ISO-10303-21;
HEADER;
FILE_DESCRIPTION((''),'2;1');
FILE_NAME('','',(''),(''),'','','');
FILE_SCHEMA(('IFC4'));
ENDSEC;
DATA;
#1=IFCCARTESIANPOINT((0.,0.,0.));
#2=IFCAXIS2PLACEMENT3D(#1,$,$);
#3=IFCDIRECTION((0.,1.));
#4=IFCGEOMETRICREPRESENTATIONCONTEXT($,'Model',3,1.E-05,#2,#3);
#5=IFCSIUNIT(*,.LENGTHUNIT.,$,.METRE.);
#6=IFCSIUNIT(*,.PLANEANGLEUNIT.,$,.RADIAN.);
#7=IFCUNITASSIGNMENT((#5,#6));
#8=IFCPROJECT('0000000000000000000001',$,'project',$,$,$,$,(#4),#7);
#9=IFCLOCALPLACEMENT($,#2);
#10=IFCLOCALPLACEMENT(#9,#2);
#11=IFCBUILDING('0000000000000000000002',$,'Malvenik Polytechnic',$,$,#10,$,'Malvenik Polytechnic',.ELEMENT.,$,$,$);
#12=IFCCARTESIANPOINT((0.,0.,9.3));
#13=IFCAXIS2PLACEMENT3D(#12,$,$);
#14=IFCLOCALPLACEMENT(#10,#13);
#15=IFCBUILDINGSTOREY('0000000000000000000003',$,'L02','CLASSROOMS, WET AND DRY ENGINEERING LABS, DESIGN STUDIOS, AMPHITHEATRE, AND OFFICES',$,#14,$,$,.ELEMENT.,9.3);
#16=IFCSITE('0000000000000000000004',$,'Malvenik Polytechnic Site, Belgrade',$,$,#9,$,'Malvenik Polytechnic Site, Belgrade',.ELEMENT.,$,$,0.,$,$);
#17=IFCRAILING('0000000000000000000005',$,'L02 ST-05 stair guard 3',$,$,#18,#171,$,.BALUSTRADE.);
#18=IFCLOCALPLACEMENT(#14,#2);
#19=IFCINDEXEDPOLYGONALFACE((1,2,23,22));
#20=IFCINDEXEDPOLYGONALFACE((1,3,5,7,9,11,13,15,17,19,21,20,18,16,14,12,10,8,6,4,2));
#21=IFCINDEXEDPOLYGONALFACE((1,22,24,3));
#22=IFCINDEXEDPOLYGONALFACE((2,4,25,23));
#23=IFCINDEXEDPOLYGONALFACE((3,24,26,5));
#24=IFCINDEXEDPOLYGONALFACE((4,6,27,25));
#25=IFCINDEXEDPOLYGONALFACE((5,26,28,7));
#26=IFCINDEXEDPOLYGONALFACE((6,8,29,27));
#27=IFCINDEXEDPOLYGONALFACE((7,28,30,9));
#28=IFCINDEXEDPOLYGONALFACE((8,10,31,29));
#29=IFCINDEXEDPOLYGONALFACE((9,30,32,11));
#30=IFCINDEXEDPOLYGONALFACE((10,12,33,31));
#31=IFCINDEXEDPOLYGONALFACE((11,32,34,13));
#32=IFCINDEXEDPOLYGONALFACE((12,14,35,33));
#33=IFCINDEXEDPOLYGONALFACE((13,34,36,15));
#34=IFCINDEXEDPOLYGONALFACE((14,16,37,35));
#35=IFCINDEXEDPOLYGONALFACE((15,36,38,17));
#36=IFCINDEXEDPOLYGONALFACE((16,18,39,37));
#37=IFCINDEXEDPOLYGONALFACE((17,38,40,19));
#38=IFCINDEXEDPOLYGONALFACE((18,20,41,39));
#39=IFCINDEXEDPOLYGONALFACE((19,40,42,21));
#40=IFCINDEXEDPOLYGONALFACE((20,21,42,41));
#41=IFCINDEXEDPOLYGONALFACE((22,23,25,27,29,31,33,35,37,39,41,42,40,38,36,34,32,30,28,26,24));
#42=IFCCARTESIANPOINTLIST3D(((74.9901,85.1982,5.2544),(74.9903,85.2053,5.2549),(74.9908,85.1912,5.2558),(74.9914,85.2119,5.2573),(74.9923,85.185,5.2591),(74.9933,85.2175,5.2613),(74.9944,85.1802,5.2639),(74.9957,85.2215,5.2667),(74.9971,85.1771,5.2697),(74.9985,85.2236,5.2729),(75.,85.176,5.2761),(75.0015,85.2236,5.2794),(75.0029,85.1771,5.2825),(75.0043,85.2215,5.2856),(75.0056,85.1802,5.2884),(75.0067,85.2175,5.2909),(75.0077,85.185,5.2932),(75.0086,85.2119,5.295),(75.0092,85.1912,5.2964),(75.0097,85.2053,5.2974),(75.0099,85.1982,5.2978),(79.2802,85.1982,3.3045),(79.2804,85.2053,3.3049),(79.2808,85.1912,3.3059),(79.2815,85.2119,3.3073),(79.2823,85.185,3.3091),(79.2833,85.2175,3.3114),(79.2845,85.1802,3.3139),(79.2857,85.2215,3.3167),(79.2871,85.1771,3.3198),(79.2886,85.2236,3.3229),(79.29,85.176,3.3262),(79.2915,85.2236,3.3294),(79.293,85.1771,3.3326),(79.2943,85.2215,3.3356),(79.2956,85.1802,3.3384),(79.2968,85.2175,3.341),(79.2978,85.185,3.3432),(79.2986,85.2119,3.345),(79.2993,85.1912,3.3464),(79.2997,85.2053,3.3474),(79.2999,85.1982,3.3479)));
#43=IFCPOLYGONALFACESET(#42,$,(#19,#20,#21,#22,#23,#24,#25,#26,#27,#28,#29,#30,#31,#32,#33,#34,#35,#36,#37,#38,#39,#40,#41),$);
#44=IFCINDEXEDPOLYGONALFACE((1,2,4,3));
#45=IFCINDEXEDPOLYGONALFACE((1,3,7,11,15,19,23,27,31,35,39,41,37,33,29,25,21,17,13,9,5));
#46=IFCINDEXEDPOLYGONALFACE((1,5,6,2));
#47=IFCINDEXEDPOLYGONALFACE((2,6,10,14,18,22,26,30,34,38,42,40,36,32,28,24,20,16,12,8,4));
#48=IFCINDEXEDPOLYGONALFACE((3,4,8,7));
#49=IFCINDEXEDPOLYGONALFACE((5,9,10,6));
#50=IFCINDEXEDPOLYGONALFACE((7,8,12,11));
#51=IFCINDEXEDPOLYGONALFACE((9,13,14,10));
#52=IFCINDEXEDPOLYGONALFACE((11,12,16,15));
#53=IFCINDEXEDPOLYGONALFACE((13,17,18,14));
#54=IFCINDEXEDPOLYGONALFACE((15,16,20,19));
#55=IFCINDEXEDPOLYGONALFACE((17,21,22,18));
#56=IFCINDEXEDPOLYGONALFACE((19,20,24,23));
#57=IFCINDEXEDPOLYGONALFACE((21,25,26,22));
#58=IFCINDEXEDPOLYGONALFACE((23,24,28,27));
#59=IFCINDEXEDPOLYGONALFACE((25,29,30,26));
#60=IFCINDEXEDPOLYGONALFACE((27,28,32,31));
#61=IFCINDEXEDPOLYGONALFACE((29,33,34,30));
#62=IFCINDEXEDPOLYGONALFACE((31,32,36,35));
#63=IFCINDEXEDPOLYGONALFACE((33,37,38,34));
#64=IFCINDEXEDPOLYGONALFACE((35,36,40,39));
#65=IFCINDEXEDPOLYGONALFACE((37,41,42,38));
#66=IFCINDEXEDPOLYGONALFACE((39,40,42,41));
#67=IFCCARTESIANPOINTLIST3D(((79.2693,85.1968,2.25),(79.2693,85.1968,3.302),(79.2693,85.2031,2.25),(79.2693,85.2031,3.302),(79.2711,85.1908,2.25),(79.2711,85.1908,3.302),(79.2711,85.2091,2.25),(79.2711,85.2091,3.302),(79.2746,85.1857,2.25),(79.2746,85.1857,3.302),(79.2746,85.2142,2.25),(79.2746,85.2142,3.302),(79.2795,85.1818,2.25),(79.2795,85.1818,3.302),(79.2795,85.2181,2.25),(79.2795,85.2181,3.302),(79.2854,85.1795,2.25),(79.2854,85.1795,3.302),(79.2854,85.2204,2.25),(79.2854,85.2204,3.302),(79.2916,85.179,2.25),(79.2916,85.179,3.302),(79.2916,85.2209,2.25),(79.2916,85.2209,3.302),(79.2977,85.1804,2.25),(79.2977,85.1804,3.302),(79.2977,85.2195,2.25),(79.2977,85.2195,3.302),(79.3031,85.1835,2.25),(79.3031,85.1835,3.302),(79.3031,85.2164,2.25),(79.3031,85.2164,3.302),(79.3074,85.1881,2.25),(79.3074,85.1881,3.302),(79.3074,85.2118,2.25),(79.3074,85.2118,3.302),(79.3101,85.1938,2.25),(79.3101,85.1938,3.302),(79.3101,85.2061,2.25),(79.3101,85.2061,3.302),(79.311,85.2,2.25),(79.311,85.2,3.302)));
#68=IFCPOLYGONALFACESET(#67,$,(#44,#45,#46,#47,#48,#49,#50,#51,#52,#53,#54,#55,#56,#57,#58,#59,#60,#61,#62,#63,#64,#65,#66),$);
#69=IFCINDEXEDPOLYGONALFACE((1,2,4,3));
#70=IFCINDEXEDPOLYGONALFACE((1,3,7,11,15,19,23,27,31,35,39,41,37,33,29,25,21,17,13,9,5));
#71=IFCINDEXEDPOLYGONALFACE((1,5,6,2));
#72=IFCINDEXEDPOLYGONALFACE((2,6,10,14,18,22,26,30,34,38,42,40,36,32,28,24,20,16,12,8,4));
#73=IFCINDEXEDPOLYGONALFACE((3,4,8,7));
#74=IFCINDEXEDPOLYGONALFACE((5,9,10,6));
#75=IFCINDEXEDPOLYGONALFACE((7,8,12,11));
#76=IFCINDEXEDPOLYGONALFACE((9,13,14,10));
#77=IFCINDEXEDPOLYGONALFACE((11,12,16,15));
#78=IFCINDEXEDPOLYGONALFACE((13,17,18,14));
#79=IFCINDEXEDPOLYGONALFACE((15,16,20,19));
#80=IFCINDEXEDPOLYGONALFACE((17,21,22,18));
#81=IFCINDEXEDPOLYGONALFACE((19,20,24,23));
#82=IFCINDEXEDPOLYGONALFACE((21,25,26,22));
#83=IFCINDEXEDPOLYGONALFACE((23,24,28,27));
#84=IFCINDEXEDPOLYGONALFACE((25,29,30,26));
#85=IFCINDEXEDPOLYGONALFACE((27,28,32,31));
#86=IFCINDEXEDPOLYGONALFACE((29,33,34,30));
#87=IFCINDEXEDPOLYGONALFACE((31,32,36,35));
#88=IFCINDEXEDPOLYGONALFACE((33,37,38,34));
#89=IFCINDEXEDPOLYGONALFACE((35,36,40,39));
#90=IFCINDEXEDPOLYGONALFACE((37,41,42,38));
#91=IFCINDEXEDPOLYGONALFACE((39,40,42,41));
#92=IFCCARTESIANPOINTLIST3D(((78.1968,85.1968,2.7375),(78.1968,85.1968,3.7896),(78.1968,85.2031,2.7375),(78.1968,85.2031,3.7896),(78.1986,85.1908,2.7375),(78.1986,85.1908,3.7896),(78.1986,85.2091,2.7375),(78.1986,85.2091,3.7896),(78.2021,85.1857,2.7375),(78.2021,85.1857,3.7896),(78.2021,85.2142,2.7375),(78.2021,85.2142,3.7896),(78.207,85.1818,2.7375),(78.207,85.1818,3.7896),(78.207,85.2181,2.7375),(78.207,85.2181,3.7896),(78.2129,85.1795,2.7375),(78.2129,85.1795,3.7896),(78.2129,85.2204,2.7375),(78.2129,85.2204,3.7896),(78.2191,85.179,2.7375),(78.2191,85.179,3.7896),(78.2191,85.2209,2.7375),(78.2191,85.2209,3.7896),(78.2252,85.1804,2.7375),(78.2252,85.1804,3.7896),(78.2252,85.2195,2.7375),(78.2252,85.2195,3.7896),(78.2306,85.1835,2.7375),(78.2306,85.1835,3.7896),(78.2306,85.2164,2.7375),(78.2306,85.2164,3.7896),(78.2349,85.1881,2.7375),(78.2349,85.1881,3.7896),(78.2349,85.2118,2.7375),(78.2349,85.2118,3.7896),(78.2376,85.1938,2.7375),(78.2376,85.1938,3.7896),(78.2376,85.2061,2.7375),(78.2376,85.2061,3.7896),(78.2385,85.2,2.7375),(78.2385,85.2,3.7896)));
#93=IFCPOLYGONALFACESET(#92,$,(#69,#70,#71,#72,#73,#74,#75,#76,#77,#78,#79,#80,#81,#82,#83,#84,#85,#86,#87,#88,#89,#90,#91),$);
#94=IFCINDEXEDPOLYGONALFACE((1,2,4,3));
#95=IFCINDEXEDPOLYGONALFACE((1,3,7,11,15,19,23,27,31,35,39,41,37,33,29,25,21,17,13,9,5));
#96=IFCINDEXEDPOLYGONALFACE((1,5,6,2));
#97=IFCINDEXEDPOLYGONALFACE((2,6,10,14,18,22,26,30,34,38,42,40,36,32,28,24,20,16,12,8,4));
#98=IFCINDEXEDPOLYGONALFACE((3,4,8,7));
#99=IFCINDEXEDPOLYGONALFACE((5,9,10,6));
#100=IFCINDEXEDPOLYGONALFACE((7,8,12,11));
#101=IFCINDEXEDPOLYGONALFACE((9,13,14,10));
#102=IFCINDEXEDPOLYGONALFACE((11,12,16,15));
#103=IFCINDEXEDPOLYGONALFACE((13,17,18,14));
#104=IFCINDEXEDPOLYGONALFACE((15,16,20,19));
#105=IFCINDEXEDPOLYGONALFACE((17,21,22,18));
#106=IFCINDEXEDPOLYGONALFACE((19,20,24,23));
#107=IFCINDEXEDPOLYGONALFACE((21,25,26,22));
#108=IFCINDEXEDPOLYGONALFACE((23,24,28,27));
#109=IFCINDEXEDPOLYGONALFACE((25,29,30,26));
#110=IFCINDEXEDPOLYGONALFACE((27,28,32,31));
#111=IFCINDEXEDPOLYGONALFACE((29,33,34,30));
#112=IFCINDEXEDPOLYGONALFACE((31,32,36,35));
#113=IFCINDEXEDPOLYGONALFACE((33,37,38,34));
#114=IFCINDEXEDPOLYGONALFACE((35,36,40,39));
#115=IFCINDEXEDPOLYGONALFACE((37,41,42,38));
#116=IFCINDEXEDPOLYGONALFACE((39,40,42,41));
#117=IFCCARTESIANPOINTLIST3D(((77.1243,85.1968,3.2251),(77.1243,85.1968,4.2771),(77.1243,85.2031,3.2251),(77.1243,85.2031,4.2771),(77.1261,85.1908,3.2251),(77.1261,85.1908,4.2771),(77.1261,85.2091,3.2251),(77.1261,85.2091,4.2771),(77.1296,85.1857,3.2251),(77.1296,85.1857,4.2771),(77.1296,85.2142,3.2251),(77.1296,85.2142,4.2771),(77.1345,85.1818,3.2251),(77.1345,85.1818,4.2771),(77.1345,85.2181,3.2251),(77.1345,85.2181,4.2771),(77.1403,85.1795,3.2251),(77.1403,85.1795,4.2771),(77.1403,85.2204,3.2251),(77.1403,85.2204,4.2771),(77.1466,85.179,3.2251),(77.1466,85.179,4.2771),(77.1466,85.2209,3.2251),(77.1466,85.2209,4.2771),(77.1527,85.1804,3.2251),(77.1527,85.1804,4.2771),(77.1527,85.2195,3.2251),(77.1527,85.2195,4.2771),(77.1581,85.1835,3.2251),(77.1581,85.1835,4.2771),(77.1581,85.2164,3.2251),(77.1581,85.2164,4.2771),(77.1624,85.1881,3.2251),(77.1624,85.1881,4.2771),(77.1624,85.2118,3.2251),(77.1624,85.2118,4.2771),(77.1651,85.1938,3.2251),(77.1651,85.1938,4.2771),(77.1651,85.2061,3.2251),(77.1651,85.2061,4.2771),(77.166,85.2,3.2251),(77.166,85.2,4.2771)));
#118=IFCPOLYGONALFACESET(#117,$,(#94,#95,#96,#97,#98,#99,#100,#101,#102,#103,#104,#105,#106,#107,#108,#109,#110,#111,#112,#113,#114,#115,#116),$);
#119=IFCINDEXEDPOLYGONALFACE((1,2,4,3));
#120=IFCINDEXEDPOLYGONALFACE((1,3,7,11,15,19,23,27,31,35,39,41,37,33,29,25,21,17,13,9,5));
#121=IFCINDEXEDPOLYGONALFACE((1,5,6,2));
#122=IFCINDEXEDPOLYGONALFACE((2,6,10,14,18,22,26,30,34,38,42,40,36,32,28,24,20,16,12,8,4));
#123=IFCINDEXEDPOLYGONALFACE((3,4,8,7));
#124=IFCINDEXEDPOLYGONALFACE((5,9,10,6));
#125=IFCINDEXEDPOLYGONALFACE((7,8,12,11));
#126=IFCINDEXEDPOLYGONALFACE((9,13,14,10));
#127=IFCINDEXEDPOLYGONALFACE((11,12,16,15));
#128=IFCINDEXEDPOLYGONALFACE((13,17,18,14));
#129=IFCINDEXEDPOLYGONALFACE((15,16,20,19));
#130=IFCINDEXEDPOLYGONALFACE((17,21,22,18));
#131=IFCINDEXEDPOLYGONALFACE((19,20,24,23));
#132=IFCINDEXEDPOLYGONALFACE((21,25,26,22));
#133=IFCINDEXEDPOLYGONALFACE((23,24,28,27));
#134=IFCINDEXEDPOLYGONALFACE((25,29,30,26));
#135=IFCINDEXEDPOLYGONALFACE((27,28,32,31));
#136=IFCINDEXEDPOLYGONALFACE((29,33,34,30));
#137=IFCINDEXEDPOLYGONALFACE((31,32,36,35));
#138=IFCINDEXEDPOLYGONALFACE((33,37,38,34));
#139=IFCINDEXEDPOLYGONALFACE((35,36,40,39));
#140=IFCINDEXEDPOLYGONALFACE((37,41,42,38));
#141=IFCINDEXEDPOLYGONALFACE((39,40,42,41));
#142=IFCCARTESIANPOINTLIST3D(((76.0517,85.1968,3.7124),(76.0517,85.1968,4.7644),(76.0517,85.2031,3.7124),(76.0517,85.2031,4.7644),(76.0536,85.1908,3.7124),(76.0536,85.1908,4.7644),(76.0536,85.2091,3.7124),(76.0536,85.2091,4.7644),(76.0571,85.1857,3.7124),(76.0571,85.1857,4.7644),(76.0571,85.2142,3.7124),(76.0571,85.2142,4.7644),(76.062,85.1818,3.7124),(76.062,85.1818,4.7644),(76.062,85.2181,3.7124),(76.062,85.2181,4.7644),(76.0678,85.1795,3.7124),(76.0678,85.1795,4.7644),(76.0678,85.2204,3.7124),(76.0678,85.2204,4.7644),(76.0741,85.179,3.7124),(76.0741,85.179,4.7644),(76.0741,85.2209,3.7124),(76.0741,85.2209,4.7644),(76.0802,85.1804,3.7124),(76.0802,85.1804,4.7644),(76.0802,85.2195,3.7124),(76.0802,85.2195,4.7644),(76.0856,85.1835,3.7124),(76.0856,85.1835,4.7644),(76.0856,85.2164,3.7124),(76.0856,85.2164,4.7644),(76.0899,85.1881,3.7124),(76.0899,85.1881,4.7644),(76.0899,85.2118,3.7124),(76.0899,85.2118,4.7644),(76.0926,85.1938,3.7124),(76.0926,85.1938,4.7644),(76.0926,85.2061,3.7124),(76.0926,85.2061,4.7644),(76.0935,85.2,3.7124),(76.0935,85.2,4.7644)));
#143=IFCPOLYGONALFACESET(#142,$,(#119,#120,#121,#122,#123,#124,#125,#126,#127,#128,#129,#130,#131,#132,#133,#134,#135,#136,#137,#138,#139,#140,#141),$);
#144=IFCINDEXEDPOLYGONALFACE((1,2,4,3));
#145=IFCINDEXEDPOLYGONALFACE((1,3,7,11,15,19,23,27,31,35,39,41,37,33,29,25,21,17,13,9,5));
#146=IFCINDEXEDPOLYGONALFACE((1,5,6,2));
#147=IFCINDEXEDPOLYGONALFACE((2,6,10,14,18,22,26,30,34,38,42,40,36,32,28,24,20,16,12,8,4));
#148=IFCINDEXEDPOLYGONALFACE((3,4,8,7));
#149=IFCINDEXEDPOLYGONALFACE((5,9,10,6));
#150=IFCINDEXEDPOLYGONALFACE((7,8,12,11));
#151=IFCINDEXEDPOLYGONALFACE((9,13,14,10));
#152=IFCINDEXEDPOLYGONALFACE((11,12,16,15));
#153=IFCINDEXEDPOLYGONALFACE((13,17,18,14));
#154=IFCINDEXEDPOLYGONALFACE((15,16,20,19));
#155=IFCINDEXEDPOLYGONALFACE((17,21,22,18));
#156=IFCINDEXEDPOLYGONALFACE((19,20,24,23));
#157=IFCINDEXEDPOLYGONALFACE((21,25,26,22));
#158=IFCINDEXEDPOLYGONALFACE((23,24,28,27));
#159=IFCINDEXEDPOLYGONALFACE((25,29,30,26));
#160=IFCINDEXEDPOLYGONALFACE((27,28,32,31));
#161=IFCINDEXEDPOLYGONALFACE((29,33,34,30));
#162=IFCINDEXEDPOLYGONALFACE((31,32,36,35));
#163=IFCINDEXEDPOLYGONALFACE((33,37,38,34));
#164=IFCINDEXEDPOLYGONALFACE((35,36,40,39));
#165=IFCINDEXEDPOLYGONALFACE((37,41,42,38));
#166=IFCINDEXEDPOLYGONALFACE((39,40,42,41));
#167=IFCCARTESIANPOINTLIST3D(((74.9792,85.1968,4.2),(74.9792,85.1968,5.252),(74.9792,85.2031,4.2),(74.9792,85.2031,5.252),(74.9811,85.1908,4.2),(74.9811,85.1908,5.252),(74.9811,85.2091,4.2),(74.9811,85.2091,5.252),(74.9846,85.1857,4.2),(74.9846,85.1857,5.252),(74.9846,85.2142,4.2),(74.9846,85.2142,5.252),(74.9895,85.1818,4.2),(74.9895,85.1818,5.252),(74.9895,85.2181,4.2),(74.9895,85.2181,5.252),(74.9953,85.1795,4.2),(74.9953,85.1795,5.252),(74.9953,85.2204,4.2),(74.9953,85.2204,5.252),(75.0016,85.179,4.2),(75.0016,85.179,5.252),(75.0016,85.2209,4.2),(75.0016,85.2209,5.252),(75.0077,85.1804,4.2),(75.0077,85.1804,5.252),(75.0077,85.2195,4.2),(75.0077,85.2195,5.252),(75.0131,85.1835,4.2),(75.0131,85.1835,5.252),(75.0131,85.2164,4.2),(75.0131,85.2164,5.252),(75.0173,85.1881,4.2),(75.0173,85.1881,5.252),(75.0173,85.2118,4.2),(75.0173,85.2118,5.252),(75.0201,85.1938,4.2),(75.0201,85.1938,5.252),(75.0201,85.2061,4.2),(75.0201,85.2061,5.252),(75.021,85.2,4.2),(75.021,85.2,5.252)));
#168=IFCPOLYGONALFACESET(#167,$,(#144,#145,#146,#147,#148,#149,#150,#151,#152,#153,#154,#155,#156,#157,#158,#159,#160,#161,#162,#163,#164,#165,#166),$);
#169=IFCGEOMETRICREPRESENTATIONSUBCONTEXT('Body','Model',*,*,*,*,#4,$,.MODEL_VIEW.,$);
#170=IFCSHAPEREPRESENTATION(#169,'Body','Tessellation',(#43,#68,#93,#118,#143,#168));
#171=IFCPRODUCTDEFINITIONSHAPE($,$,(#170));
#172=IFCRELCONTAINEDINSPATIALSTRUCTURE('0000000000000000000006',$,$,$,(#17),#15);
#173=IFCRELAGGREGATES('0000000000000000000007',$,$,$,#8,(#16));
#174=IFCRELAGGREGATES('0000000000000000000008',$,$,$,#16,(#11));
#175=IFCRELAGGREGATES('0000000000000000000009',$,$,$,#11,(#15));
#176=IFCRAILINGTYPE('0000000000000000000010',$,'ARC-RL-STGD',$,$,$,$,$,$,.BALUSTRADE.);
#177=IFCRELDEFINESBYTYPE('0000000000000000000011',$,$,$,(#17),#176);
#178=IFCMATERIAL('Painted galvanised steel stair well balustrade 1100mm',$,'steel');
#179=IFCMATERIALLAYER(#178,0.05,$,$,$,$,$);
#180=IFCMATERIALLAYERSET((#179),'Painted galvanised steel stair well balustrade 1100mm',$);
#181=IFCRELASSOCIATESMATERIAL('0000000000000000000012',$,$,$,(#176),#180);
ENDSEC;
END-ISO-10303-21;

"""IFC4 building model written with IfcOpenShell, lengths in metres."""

from ifc_helpers import new_model, si_unit, direction, frame, origin, origin_2d, place, context, subcontext, project, spatial, circle, extrude, material, layer, layer_set, type_object, element, save


model = new_model("IFC4")

# Units and contexts
model_context = context("Model", 3, precision=1e-05, world=origin(), true_north=direction((0.0, 1.0)))
body_context = subcontext(model_context, "Body", "Model", "MODEL_VIEW")
ifc_project = project(units=[si_unit("LENGTHUNIT", "METRE"), si_unit("PLANEANGLEUNIT", "RADIAN")], contexts=[model_context])

# Site, building, storey
site_placement = place(None, origin())
site = spatial("IfcSite", under=ifc_project, at=site_placement, Name="Malvenik Polytechnic Site, Belgrade", LongName="Malvenik Polytechnic Site, Belgrade", CompositionType="ELEMENT", RefElevation=0.0)
building_placement = place(site_placement, origin())
building = spatial("IfcBuilding", under=site, at=building_placement, Name="Malvenik Polytechnic", LongName="Malvenik Polytechnic", CompositionType="ELEMENT")
storey_placement = place(building_placement, frame((0.0, 0.0, 9.3)))
storey = spatial("IfcBuildingStorey", under=building, at=storey_placement, Name="L02", Description="CLASSROOMS, WET AND DRY ENGINEERING LABS, DESIGN STUDIOS, AMPHITHEATRE, AND OFFICES", CompositionType="ELEMENT", Elevation=9.3)

# Railing
ifc_material_1 = material(Name="Painted galvanised steel stair well balustrade 1100mm", Category="steel")
ifc_layer_1 = layer(ifc_material_1, 0.05)
ifc_layer_set_1 = layer_set([ifc_layer_1], Name="Painted galvanised steel stair well balustrade 1100mm")
railing_type_1 = type_object("IfcRailingType", Name="ARC-RL-STGD", PredefinedType="BALUSTRADE", material=ifc_layer_set_1)
railing_1_placement = place(storey_placement, frame((79.29, 85.2, 2.25)))
element("IfcRailing", 1, at=railing_1_placement, inside=storey, type_object=railing_type_1, Name="L02 ST-05 stair guard 3", PredefinedType="BALUSTRADE", context=body_context, shape_type="SweptSolid", body=[
    extrude(circle(Radius=0.0239, at=origin_2d()), frame((0.0, 0.0, 1.0762), z_axis=(-0.910372, 0.0, 0.413791), x_axis=(0.0, -1.0, 0.0)), (0.0, 0.0, 1.0), 4.7124),
    extrude(circle(Radius=0.021, at=origin_2d()), origin(), (0.0, 0.0, 1.0), 1.052),
    extrude(circle(Radius=0.021, at=origin_2d()), frame((-1.0725, 0.0, 0.4875)), (0.0, 0.0, 1.0), 1.052),
    extrude(circle(Radius=0.021, at=origin_2d()), frame((-2.145, 0.0, 0.9751)), (0.0, 0.0, 1.0), 1.052),
    extrude(circle(Radius=0.021, at=origin_2d()), frame((-3.2175, 0.0, 1.4624)), (0.0, 0.0, 1.0), 1.052),
    extrude(circle(Radius=0.021, at=origin_2d()), frame((-4.29, 0.0, 1.95)), (0.0, 0.0, 1.0), 1.052),
])

save(model, "model.ifc")
